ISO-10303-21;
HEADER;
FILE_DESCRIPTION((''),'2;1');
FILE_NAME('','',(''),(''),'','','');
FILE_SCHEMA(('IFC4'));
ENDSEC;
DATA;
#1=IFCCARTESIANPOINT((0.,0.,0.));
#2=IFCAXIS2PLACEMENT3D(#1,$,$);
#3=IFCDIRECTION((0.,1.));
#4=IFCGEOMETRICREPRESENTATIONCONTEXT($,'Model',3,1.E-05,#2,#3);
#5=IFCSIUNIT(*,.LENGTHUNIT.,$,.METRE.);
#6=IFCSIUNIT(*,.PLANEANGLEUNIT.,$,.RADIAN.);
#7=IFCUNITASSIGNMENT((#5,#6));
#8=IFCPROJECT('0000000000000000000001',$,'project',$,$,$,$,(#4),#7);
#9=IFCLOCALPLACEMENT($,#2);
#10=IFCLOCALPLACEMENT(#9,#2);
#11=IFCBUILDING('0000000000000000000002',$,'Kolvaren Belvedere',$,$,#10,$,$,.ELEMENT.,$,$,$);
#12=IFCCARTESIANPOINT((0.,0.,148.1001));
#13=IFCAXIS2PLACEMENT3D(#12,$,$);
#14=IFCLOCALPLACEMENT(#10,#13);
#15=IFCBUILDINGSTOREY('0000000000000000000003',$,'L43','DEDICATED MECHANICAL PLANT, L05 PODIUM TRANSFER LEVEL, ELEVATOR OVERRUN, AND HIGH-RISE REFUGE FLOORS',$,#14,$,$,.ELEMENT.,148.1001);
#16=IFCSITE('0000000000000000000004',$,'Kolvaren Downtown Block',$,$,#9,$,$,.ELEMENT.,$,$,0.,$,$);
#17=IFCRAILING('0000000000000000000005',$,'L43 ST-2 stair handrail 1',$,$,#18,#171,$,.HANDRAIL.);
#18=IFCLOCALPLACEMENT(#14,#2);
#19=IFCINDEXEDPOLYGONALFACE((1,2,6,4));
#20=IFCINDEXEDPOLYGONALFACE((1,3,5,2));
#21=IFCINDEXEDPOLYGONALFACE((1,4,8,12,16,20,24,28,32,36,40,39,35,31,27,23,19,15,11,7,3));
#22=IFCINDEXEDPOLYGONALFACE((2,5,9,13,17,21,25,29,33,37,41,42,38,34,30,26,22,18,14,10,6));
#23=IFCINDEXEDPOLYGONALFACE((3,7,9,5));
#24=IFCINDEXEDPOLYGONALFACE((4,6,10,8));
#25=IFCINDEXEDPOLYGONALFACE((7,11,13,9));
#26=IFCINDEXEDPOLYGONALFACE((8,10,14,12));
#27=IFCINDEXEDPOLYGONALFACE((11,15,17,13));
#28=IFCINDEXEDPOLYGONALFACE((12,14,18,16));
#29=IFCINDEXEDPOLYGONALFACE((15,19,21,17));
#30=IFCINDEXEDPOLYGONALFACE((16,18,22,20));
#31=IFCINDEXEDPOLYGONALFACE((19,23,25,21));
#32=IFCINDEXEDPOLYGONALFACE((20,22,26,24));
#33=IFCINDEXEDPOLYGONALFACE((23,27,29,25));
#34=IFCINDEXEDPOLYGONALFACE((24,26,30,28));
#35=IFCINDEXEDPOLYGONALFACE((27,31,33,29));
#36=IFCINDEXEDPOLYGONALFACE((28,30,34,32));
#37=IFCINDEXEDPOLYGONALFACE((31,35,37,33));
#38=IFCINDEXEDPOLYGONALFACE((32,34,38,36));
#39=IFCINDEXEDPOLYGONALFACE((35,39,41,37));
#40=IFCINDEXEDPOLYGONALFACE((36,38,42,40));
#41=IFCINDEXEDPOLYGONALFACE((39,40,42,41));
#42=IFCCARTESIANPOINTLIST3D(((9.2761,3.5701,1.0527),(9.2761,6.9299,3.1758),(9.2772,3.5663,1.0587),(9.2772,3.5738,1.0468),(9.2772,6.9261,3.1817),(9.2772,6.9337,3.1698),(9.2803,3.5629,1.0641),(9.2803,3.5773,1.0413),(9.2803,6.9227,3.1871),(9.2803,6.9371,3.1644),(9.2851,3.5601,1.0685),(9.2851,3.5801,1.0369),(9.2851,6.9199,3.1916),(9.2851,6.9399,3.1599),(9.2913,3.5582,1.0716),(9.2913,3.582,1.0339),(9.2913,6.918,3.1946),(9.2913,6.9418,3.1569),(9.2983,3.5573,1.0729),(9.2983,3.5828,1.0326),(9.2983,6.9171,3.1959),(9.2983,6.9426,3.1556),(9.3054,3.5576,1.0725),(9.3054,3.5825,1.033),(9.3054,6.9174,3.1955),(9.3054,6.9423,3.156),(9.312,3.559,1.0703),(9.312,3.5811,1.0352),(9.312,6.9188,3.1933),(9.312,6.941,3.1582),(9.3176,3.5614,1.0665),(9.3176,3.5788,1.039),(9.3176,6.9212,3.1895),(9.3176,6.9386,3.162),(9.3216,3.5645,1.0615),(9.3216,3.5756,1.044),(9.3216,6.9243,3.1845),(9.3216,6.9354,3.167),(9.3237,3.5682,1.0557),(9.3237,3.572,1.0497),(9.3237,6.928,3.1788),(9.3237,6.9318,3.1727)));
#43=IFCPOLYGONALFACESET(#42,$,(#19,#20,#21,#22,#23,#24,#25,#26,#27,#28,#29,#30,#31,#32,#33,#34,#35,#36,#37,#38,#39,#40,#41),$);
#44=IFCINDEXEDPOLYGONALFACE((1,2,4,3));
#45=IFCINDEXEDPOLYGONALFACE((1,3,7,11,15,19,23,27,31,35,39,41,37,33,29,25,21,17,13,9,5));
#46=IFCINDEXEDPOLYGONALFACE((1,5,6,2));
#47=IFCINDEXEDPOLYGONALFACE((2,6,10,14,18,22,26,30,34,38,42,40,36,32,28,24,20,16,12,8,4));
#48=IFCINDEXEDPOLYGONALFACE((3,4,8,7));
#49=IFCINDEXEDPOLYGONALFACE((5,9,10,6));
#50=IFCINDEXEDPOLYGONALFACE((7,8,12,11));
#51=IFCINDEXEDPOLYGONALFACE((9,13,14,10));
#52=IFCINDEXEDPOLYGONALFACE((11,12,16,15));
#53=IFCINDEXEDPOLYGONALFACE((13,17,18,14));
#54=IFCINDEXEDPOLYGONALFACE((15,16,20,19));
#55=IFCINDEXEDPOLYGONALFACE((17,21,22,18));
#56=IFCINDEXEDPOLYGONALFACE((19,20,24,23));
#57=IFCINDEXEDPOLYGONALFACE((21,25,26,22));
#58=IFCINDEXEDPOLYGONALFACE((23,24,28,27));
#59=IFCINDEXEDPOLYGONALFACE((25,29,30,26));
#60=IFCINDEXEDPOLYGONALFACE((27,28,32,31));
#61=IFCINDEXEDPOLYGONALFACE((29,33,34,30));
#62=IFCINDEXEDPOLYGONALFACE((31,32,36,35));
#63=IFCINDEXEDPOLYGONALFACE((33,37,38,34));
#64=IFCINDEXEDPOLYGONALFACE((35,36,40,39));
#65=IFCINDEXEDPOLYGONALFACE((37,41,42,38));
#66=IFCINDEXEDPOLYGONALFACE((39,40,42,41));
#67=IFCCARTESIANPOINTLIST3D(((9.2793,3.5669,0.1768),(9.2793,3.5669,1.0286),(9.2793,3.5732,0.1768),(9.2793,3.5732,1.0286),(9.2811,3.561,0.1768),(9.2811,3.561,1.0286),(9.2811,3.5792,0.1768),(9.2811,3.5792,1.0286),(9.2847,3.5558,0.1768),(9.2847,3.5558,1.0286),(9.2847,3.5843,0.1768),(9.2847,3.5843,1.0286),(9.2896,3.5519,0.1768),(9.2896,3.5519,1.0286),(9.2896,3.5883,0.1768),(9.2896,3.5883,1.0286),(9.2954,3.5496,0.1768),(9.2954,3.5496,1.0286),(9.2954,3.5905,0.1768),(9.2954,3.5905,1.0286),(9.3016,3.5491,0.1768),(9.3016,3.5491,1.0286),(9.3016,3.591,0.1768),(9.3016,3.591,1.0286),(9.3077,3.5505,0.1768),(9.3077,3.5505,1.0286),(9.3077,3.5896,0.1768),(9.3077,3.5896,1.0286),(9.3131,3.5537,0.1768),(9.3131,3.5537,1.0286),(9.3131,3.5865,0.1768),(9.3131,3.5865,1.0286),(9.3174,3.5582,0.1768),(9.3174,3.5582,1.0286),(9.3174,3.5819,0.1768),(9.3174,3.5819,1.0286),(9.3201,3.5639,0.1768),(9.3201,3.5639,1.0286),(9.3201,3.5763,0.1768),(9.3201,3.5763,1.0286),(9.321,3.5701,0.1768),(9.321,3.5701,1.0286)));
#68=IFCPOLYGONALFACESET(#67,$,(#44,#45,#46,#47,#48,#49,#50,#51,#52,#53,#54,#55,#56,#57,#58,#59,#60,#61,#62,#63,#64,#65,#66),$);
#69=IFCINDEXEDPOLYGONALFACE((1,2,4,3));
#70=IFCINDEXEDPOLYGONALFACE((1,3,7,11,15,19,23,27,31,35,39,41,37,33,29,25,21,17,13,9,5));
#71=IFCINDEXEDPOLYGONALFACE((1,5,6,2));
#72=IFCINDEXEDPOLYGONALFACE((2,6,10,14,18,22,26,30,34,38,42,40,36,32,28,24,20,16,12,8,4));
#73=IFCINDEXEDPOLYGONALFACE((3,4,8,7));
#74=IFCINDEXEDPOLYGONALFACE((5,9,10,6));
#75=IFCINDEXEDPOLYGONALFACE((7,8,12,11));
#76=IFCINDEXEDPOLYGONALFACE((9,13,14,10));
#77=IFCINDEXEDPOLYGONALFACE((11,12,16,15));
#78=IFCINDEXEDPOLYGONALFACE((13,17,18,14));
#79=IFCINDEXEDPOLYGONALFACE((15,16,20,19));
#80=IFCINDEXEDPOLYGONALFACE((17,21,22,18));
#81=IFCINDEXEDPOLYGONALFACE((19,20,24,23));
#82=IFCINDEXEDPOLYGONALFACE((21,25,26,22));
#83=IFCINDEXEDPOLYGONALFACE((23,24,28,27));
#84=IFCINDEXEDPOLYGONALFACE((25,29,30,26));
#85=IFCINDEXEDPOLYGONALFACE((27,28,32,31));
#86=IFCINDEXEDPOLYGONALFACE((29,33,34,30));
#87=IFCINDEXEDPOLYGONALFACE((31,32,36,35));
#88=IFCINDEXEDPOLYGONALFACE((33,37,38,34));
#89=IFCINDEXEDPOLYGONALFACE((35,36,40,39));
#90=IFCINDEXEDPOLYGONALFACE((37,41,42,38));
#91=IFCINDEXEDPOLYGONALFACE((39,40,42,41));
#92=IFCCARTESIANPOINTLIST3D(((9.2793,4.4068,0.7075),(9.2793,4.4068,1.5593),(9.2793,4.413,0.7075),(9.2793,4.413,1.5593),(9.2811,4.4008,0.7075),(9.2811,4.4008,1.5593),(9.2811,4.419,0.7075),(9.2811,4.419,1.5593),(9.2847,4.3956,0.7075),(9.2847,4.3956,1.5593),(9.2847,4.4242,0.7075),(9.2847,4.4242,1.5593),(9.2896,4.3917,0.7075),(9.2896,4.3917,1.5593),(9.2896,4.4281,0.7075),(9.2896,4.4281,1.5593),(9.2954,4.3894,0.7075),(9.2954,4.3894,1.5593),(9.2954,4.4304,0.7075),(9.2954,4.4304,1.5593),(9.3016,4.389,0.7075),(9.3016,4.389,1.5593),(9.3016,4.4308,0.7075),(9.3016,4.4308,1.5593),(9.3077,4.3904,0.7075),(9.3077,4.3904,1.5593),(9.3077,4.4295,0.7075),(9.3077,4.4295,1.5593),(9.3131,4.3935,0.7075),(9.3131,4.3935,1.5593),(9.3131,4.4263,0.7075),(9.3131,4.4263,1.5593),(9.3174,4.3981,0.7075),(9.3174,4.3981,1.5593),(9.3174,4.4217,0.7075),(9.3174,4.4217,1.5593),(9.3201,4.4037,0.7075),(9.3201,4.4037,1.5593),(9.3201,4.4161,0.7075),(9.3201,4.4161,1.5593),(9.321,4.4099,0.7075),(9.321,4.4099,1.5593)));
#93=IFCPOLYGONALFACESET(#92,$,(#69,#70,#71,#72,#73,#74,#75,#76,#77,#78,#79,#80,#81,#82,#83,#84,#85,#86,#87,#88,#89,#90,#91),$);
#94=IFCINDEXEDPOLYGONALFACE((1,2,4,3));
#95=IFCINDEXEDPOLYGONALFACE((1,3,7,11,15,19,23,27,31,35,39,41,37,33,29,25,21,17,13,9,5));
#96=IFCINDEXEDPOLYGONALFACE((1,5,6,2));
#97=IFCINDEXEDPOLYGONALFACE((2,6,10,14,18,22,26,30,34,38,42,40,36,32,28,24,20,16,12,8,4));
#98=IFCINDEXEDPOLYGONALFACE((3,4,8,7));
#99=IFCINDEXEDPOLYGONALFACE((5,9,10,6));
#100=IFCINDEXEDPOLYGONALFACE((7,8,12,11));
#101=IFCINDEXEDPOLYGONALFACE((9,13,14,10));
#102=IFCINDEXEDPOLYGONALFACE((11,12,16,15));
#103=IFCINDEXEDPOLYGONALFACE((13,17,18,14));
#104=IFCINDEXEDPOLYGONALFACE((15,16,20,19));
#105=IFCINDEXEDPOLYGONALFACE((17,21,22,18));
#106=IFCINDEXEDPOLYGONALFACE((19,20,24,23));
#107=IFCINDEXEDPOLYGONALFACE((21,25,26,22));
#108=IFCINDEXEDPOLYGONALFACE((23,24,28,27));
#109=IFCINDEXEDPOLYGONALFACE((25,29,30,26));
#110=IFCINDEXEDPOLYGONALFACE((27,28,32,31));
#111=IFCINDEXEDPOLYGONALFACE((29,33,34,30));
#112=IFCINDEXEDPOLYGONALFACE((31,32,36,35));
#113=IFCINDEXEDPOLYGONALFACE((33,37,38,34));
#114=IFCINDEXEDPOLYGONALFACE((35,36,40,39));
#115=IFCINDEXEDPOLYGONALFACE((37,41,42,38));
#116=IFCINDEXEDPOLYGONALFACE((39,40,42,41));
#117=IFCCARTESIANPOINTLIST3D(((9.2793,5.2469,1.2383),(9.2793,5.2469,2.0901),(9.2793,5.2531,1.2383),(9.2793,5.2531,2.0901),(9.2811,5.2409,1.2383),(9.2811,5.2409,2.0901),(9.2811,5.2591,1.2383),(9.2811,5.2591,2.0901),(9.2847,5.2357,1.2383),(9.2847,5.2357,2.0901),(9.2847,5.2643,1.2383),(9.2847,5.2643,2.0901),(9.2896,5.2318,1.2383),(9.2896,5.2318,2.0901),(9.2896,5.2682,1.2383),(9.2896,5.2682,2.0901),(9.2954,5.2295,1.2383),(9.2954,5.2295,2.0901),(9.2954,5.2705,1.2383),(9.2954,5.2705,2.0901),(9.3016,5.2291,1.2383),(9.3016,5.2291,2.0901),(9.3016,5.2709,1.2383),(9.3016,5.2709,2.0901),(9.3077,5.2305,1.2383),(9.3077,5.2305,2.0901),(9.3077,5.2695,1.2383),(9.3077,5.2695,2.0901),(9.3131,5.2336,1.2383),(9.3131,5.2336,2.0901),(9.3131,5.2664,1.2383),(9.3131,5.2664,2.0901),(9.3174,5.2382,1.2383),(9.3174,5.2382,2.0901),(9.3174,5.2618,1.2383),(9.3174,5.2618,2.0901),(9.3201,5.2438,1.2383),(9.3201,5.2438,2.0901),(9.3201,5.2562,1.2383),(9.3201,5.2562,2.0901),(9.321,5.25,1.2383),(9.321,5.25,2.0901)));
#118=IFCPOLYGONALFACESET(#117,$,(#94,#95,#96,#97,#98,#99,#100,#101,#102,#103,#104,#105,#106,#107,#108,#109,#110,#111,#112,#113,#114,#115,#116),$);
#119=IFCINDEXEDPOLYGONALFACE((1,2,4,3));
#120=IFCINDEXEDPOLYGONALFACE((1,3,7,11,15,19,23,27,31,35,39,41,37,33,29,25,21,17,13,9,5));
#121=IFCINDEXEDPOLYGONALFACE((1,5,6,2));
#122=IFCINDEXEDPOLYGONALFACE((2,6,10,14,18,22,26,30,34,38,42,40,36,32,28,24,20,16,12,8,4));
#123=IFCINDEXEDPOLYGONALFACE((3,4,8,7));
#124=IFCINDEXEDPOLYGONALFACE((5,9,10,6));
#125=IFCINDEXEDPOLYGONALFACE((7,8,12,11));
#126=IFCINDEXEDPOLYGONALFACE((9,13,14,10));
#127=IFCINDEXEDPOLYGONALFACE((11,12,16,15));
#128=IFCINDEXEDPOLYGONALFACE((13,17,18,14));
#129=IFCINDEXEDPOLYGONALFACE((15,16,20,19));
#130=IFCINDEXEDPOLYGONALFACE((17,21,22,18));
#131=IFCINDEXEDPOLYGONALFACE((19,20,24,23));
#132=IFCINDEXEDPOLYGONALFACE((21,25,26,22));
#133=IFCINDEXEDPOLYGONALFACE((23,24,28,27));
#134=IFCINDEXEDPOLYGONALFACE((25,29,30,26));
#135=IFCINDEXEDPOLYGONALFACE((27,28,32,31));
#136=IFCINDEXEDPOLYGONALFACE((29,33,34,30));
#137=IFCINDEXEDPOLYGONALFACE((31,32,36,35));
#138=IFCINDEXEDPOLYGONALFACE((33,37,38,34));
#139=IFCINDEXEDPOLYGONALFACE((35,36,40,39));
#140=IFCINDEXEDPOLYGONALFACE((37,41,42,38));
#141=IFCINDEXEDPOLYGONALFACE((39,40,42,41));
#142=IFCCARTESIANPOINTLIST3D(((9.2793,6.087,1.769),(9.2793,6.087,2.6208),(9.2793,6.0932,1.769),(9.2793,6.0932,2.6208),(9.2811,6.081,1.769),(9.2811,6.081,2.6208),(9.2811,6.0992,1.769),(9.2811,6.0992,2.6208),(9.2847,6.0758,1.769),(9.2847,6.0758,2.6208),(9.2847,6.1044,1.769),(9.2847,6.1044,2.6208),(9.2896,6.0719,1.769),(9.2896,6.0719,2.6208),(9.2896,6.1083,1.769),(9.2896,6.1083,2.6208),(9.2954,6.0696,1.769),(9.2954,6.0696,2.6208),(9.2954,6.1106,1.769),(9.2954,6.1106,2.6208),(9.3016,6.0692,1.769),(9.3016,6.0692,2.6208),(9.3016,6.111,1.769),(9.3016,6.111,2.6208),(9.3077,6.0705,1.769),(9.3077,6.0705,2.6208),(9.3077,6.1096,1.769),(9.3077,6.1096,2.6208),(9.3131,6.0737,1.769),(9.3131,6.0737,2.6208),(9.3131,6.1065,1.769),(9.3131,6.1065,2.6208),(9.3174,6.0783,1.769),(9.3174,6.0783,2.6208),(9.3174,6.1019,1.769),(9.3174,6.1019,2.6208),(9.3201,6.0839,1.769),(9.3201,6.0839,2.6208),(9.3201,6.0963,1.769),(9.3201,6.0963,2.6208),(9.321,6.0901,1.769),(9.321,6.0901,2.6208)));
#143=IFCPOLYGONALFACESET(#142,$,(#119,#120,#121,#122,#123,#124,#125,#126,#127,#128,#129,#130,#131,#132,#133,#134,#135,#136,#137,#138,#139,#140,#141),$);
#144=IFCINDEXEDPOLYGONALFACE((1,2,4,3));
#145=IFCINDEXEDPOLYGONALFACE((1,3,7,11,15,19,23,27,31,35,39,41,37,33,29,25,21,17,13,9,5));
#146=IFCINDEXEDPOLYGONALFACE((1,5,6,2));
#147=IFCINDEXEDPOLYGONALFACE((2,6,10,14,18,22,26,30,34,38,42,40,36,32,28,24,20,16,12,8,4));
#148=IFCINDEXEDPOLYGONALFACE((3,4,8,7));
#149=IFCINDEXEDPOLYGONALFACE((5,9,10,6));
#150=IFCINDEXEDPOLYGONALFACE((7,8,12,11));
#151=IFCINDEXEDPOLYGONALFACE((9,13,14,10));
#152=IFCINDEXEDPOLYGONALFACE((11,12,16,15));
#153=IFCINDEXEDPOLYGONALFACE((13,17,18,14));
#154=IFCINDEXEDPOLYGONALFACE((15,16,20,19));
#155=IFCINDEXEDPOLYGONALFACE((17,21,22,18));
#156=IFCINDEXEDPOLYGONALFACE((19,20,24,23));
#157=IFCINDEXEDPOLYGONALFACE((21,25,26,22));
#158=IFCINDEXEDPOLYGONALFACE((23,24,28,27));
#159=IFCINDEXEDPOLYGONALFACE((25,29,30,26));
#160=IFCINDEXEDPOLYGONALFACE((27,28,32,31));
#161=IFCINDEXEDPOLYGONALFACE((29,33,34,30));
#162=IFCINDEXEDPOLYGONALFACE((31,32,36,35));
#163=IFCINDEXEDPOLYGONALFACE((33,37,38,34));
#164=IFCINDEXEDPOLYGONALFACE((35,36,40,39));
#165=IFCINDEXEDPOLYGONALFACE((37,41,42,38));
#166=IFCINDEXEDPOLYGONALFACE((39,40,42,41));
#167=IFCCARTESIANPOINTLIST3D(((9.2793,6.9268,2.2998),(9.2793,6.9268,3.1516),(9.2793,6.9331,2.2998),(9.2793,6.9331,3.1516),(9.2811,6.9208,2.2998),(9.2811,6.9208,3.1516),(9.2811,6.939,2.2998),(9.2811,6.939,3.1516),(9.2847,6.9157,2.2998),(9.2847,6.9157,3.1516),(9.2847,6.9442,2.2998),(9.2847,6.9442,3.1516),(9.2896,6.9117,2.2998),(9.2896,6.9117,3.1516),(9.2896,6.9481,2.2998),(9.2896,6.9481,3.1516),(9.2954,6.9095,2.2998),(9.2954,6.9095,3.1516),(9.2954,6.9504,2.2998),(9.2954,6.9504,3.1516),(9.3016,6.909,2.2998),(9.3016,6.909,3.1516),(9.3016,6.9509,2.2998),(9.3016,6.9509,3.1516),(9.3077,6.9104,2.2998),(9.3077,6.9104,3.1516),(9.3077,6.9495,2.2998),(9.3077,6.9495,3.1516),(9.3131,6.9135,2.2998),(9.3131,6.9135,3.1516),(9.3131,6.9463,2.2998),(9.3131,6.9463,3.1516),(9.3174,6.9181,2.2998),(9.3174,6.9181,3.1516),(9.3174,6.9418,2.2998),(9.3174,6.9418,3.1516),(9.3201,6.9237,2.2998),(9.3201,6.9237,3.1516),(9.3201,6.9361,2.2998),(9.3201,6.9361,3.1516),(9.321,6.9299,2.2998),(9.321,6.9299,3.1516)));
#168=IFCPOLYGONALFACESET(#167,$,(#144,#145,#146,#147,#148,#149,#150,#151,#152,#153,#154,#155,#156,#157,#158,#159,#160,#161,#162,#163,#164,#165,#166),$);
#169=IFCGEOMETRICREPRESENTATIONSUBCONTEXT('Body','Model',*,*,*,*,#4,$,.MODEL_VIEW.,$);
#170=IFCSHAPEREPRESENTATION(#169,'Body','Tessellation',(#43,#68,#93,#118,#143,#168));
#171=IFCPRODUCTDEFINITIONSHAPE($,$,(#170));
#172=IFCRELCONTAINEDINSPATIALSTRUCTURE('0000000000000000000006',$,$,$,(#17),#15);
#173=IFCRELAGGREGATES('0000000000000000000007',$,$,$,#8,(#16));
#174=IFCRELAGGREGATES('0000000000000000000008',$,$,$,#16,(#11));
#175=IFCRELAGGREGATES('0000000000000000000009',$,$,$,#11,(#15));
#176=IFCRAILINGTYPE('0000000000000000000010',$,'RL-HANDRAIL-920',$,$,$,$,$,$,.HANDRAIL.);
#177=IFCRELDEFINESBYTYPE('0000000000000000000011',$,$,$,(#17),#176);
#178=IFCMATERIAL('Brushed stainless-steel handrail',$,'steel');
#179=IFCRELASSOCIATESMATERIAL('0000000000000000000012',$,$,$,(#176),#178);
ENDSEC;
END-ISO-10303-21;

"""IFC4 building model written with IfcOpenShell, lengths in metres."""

from ifc_helpers import new_model, si_unit, direction, frame, origin, origin_2d, place, context, subcontext, project, spatial, circle, extrude, material, type_object, element, save


model = new_model("IFC4")

# Units and contexts
model_context = context("Model", 3, precision=1e-05, world=origin(), true_north=direction((0.0, 1.0)))
body_context = subcontext(model_context, "Body", "Model", "MODEL_VIEW")
ifc_project = project(units=[si_unit("LENGTHUNIT", "METRE"), si_unit("PLANEANGLEUNIT", "RADIAN")], contexts=[model_context])

# Site, building, storey
site_placement = place(None, origin())
site = spatial("IfcSite", under=ifc_project, at=site_placement, Name="Kolvaren Downtown Block", CompositionType="ELEMENT", RefElevation=0.0)
building_placement = place(site_placement, origin())
building = spatial("IfcBuilding", under=site, at=building_placement, Name="Kolvaren Belvedere", CompositionType="ELEMENT")
storey_placement = place(building_placement, frame((0.0, 0.0, 148.1001)))
storey = spatial("IfcBuildingStorey", under=building, at=storey_placement, Name="L43", Description="DEDICATED MECHANICAL PLANT, L05 PODIUM TRANSFER LEVEL, ELEVATOR OVERRUN, AND HIGH-RISE REFUGE FLOORS", CompositionType="ELEMENT", Elevation=148.1001)

# Railing
ifc_material_1 = material(Name="Brushed stainless-steel handrail", Category="steel")
railing_type_1 = type_object("IfcRailingType", Name="RL-HANDRAIL-920", PredefinedType="HANDRAIL", material=ifc_material_1)
railing_1_placement = place(storey_placement, frame((9.3, 3.5701, 0.1768)))
element("IfcRailing", 1, at=railing_1_placement, inside=storey, type_object=railing_type_1, Name="L43 ST-2 stair handrail 1", PredefinedType="HANDRAIL", context=body_context, shape_type="SweptSolid", body=[
    extrude(circle(Radius=0.0239, at=origin_2d()), frame((0.0, 0.0, 0.876), z_axis=(0.0, 0.845372, 0.534178), x_axis=(-1.0, 0.0, 0.0)), (0.0, 0.0, 1.0), 3.9744),
    extrude(circle(Radius=0.021, at=origin_2d()), origin(), (0.0, 0.0, 1.0), 0.8518),
    extrude(circle(Radius=0.021, at=origin_2d()), frame((0.0, 0.8398, 0.5308)), (0.0, 0.0, 1.0), 0.8518),
    extrude(circle(Radius=0.021, at=origin_2d()), frame((0.0, 1.6799, 1.0615)), (0.0, 0.0, 1.0), 0.8518),
    extrude(circle(Radius=0.021, at=origin_2d()), frame((0.0, 2.52, 1.5923)), (0.0, 0.0, 1.0), 0.8518),
    extrude(circle(Radius=0.021, at=origin_2d()), frame((0.0, 3.3599, 2.123)), (0.0, 0.0, 1.0), 0.8518),
])

save(model, "model.ifc")
